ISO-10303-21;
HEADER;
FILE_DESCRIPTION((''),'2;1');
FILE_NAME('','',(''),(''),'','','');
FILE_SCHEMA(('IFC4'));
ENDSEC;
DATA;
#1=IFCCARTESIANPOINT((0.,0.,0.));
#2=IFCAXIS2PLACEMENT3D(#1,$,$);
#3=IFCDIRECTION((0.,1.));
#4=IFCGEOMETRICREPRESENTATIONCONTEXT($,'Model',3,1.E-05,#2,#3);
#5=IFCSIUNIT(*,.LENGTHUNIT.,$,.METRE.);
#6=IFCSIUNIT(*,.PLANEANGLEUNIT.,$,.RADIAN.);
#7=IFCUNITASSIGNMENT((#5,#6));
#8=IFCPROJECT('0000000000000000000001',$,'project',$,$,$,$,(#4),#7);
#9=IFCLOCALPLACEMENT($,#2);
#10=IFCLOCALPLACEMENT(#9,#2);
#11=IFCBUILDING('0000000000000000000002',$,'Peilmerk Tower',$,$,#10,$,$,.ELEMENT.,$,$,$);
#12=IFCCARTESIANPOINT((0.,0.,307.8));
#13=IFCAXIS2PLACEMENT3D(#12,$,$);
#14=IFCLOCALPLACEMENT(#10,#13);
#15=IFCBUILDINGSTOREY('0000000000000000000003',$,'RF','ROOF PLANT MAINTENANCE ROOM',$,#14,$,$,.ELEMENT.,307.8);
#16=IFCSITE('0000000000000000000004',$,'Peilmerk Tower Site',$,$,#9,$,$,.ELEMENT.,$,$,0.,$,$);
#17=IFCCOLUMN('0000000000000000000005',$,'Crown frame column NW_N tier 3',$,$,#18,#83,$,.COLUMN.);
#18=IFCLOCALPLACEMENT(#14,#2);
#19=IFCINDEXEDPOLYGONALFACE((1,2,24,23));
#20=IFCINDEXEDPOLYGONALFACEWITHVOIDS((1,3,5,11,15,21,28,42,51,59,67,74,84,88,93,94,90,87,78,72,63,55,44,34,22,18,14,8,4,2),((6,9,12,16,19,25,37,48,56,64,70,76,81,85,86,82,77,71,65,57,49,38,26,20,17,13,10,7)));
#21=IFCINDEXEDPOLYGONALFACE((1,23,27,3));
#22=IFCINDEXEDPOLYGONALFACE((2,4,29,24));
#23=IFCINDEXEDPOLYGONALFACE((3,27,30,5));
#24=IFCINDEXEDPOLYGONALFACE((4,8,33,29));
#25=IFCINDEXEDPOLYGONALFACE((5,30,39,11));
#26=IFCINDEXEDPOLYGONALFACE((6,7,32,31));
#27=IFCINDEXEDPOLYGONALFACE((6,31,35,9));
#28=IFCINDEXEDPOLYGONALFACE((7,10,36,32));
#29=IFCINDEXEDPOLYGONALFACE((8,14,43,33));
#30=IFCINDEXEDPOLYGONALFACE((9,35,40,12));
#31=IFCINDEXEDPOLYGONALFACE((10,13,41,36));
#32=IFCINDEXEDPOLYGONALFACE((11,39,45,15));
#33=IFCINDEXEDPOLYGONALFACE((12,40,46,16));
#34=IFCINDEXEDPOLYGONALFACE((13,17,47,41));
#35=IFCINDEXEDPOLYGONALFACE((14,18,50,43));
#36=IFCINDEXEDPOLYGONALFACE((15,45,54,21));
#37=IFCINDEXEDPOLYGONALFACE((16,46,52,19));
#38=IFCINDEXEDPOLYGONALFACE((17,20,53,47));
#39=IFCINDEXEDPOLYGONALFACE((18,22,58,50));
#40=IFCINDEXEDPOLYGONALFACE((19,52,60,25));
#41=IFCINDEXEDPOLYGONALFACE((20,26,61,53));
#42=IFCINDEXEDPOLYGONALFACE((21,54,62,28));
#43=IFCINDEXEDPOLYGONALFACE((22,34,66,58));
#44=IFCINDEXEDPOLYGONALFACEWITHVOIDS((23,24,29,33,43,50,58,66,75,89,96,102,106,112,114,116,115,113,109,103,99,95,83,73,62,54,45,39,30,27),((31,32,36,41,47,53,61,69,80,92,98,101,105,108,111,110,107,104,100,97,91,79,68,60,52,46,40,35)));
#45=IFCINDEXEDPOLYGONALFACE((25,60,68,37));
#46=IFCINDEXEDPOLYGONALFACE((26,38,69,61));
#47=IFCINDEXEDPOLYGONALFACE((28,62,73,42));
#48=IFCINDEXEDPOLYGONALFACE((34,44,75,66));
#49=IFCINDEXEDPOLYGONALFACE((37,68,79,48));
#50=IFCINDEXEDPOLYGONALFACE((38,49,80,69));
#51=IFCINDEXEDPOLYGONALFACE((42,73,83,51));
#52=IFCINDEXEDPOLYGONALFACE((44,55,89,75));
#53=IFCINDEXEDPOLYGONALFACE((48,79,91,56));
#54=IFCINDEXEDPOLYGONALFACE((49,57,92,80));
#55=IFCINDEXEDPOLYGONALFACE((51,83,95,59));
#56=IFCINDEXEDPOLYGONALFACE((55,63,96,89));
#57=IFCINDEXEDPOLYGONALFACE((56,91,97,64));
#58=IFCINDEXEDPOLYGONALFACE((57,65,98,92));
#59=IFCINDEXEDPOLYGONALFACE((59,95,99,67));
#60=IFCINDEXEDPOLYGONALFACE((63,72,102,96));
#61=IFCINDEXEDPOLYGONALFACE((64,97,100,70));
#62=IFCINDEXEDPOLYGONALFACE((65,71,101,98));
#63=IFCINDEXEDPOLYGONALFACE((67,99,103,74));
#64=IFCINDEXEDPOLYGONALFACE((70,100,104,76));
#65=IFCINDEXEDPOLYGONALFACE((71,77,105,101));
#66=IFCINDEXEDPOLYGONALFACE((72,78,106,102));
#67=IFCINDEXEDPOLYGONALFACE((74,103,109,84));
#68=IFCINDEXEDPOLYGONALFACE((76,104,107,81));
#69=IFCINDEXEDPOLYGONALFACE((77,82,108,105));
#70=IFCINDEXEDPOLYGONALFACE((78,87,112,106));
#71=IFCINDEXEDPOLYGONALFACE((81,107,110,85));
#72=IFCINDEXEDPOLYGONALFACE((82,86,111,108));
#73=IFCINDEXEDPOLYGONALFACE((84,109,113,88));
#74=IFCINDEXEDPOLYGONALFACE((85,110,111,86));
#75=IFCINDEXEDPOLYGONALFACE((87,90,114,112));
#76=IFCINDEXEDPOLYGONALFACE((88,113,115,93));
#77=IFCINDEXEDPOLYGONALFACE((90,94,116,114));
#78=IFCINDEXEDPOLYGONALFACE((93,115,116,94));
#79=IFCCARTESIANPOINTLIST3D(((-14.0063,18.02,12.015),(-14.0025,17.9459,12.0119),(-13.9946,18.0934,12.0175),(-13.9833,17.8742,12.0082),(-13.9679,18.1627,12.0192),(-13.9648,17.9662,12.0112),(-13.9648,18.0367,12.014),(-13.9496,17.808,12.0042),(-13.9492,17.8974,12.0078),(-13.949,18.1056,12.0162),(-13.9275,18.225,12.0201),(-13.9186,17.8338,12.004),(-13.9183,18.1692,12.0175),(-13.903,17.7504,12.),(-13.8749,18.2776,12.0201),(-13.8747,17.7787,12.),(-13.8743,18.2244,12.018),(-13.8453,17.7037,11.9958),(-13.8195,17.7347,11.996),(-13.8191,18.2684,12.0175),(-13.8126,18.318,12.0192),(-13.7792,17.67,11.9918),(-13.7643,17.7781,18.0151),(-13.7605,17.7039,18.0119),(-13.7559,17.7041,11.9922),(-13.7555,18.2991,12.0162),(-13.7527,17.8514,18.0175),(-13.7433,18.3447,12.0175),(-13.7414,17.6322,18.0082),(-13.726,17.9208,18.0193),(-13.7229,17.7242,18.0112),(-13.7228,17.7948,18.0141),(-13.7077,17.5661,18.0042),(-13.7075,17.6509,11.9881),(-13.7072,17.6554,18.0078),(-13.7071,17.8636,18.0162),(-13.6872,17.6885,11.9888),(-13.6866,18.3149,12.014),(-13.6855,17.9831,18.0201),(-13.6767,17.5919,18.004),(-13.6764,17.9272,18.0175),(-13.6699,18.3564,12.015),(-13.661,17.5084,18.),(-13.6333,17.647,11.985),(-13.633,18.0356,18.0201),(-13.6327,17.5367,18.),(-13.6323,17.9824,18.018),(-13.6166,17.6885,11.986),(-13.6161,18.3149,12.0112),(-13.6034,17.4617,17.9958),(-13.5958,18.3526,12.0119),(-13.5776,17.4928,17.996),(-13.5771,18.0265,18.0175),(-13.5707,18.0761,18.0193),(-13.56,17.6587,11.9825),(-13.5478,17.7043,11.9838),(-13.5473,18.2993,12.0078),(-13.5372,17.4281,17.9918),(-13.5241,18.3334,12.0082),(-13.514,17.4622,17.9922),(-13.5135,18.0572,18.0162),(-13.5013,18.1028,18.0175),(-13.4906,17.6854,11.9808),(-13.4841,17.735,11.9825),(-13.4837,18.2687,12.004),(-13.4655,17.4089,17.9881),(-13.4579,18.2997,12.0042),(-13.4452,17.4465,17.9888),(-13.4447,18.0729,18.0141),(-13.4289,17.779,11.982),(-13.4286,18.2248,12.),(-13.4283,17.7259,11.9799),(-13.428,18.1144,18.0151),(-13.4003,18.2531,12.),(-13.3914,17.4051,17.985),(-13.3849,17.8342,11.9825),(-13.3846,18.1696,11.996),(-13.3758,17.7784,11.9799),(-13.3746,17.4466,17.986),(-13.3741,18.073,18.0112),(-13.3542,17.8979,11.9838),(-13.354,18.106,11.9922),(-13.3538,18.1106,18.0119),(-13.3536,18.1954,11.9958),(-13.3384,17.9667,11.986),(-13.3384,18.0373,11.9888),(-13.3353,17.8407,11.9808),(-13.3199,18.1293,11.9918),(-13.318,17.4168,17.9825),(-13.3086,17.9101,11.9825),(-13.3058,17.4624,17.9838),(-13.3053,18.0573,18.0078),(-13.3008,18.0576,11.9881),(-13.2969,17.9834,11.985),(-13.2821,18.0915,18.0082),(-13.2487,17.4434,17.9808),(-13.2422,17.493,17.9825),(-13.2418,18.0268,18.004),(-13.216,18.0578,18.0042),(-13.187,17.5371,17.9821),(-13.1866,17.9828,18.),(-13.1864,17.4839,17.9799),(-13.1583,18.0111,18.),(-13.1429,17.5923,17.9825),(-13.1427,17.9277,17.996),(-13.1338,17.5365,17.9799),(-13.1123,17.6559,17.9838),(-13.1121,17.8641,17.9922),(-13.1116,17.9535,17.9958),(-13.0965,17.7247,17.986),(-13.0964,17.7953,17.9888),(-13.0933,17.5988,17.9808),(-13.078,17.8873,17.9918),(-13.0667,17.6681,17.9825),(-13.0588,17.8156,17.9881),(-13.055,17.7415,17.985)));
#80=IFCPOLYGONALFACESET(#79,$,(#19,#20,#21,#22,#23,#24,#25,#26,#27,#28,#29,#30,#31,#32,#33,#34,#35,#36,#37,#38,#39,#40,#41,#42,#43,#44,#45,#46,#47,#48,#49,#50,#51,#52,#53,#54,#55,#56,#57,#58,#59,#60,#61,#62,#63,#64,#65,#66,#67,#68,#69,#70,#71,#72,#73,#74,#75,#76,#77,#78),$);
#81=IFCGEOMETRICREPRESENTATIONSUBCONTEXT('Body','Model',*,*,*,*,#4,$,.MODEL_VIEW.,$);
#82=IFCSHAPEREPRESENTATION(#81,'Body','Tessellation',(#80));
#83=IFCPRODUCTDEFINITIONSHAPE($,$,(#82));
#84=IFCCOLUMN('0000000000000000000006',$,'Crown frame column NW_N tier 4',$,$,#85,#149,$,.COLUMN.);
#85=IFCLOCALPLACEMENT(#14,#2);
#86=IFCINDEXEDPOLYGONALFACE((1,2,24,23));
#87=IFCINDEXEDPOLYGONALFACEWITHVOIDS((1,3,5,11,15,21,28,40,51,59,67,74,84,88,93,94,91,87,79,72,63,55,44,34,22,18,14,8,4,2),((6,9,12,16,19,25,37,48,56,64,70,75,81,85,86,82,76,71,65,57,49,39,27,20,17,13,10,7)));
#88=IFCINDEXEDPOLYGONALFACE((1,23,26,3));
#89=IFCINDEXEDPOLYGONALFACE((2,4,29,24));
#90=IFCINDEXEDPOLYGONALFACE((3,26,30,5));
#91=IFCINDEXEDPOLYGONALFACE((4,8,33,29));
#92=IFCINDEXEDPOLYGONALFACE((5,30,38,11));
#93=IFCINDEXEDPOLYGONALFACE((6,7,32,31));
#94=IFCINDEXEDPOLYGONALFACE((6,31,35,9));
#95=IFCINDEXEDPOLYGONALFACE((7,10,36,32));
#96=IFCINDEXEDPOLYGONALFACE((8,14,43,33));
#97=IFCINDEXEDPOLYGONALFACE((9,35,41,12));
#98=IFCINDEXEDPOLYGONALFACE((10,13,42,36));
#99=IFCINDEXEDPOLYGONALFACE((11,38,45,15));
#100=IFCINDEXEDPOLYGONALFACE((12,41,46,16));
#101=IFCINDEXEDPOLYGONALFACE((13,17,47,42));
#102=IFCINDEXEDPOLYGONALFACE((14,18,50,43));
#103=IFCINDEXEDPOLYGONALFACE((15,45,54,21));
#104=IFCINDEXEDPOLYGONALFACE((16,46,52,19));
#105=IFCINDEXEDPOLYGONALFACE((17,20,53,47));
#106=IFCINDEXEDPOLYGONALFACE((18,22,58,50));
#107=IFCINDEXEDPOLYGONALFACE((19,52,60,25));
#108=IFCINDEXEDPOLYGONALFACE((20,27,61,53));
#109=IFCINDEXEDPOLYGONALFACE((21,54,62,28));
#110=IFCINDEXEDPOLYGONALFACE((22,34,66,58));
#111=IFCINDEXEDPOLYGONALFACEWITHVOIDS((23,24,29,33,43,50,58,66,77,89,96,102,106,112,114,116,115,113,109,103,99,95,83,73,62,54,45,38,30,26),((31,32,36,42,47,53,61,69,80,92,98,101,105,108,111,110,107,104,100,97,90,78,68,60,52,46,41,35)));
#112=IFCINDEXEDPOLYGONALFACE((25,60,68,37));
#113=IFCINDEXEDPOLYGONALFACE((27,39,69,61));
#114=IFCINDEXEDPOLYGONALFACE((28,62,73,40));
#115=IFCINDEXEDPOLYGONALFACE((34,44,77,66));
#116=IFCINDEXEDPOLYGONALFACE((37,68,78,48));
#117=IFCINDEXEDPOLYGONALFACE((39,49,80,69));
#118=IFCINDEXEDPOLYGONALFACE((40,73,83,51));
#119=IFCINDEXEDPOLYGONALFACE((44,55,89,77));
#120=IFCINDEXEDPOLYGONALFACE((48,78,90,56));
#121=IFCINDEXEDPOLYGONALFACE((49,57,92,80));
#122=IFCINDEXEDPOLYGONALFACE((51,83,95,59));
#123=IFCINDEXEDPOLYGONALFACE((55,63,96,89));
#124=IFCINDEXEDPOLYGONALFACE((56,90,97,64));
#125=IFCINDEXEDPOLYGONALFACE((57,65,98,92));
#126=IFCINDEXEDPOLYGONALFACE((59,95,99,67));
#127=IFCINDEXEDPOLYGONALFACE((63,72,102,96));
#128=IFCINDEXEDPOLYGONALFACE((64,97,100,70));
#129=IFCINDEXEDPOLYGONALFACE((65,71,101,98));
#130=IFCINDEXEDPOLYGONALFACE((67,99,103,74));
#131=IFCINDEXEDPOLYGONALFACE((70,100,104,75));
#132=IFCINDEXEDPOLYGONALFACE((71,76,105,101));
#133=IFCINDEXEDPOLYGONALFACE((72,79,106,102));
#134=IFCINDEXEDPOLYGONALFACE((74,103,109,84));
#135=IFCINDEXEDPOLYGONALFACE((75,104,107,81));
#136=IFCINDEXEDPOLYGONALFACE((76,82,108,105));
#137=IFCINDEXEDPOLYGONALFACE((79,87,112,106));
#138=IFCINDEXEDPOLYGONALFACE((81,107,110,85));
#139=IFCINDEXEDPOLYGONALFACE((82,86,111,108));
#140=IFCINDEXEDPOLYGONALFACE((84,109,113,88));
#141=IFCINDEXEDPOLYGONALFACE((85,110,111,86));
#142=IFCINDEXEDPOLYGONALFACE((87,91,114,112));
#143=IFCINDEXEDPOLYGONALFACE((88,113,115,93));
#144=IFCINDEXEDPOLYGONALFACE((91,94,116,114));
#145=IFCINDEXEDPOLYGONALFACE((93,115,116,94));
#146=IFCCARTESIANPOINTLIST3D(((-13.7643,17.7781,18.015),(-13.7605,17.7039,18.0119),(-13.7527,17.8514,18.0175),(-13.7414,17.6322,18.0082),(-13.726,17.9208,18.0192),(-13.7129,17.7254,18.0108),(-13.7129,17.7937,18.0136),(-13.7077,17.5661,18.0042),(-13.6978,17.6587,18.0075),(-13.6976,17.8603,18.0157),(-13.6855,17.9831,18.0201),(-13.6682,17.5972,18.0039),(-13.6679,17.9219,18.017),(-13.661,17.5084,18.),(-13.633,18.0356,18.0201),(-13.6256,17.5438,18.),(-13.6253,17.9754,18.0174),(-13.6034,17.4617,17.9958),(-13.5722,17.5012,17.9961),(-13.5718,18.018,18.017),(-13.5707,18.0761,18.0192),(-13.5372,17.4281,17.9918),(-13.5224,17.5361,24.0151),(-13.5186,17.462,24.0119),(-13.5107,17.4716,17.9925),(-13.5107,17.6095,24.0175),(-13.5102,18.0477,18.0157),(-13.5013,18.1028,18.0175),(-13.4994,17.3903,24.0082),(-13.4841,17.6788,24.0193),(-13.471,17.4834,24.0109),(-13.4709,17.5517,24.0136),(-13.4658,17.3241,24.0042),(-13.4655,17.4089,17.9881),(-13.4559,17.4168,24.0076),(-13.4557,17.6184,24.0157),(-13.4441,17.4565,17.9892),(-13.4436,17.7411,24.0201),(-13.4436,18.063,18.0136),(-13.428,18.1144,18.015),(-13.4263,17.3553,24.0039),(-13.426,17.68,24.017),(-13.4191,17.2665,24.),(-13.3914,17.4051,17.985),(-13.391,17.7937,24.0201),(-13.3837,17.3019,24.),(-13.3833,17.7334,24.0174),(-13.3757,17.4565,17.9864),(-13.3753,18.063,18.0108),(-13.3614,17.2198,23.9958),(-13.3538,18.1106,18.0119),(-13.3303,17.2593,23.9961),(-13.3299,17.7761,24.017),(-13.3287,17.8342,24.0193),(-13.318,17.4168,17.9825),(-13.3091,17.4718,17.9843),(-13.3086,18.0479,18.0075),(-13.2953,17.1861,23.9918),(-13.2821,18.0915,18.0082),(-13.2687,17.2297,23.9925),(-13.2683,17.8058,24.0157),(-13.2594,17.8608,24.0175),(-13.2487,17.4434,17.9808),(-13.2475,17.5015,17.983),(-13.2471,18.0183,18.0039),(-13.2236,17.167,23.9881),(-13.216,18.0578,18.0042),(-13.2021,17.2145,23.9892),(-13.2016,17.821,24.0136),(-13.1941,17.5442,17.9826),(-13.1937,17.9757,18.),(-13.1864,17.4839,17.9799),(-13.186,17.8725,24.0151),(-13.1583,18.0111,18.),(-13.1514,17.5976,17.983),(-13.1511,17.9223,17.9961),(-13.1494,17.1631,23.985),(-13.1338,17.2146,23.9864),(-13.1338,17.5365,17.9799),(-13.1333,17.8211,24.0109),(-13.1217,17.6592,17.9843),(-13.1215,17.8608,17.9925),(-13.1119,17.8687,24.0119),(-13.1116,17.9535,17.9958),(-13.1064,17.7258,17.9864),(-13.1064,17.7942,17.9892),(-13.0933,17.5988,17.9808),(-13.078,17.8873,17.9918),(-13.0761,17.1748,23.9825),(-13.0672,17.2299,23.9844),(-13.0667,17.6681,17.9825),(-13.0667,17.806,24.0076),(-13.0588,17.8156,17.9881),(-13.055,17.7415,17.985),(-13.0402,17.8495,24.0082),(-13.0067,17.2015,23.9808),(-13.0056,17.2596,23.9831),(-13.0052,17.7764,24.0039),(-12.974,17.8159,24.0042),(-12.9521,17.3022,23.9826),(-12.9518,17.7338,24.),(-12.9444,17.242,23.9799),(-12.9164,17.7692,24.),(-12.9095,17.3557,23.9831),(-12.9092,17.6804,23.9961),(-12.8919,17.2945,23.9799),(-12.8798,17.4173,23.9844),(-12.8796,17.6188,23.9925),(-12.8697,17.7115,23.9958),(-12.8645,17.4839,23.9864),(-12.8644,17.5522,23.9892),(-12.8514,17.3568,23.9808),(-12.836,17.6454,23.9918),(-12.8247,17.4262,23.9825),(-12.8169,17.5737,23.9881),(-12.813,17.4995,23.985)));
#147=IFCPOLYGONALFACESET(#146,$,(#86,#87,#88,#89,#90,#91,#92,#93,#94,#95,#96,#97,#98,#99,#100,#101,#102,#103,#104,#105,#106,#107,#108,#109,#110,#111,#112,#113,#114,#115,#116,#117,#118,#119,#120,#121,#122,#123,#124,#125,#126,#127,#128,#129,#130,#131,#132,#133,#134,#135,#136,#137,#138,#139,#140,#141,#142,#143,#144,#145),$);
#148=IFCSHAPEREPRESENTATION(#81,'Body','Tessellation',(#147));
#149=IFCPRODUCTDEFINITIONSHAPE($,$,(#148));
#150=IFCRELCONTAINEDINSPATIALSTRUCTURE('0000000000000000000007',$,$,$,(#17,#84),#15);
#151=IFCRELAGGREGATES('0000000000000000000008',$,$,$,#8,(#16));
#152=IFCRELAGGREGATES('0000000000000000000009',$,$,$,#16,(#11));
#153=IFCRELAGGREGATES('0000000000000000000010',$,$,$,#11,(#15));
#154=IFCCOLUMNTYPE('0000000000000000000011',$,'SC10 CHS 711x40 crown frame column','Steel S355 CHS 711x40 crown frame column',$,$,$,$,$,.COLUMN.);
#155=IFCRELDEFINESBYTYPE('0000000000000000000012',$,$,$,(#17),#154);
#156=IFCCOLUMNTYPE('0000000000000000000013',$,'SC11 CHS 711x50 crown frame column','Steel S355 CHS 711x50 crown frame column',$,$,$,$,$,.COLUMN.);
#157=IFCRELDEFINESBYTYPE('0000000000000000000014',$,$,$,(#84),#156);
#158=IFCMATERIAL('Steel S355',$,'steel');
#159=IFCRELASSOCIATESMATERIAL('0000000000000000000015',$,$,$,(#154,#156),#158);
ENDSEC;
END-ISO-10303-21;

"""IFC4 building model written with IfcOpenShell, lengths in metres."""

from ifc_helpers import new_model, si_unit, direction, frame, origin, origin_2d, place, context, subcontext, project, spatial, hollow_circle, extrude, material, material_profile, profile_set, type_object, element, save


model = new_model("IFC4")

# Units and contexts
model_context = context("Model", 3, precision=1e-05, world=origin(), true_north=direction((0.0, 1.0)))
body_context = subcontext(model_context, "Body", "Model", "MODEL_VIEW")
ifc_project = project(units=[si_unit("LENGTHUNIT", "METRE"), si_unit("PLANEANGLEUNIT", "RADIAN")], contexts=[model_context])

# Site, building, storey
site_placement = place(None, origin())
site = spatial("IfcSite", under=ifc_project, at=site_placement, Name="Peilmerk Tower Site", CompositionType="ELEMENT", RefElevation=0.0)
building_placement = place(site_placement, origin())
building = spatial("IfcBuilding", under=site, at=building_placement, Name="Peilmerk Tower", CompositionType="ELEMENT")
storey_placement = place(building_placement, frame((0.0, 0.0, 307.8)))
storey = spatial("IfcBuildingStorey", under=building, at=storey_placement, Name="RF", Description="ROOF PLANT MAINTENANCE ROOM", CompositionType="ELEMENT", Elevation=307.8)

# Columns
ifc_material_1 = material(Name="Steel S355", Category="steel")
ifc_material_profile_1 = material_profile(ifc_material_1, hollow_circle(Radius=0.3555, WallThickness=0.04, at=origin_2d()), Name="CHS 711x40")
ifc_profile_set_1 = profile_set([ifc_material_profile_1], Name="Steel S355")
column_type_1 = type_object("IfcColumnType", Name="SC10 CHS 711x40 crown frame column", Description="Steel S355 CHS 711x40 crown frame column", PredefinedType="COLUMN", material=ifc_profile_set_1)
column_1_placement = place(storey_placement, frame((-13.6516, 18.0017, 12.0), z_axis=(0.040258, -0.040258, 0.998378), x_axis=(0.707107, 0.707107, 0.0)))
element("IfcColumn", 1, at=column_1_placement, inside=storey, type_object=column_type_1, Name="Crown frame column NW_N tier 3", PredefinedType="COLUMN", context=body_context, shape_type="SweptSolid", body=[
    extrude(hollow_circle(Radius=0.3555, WallThickness=0.04, at=origin_2d()), origin(), (0.0, 0.0, 1.0), 6.0098),
])
ifc_material_profile_2 = material_profile(ifc_material_1, hollow_circle(Radius=0.3555, WallThickness=0.05, at=origin_2d()), Name="CHS 711x50")
ifc_profile_set_2 = profile_set([ifc_material_profile_2], Name="Steel S355")
column_type_2 = type_object("IfcColumnType", Name="SC11 CHS 711x50 crown frame column", Description="Steel S355 CHS 711x50 crown frame column", PredefinedType="COLUMN", material=ifc_profile_set_2)
column_2_placement = place(storey_placement, frame((-13.4097, 17.7598, 18.0), z_axis=(0.040258, -0.040258, 0.998378), x_axis=(0.707107, 0.707107, 0.0)))
element("IfcColumn", 2, at=column_2_placement, inside=storey, type_object=column_type_2, Name="Crown frame column NW_N tier 4", PredefinedType="COLUMN", context=body_context, shape_type="SweptSolid", body=[
    extrude(hollow_circle(Radius=0.3555, WallThickness=0.05, at=origin_2d()), origin(), (0.0, 0.0, 1.0), 6.0098),
])

save(model, "model.ifc")
